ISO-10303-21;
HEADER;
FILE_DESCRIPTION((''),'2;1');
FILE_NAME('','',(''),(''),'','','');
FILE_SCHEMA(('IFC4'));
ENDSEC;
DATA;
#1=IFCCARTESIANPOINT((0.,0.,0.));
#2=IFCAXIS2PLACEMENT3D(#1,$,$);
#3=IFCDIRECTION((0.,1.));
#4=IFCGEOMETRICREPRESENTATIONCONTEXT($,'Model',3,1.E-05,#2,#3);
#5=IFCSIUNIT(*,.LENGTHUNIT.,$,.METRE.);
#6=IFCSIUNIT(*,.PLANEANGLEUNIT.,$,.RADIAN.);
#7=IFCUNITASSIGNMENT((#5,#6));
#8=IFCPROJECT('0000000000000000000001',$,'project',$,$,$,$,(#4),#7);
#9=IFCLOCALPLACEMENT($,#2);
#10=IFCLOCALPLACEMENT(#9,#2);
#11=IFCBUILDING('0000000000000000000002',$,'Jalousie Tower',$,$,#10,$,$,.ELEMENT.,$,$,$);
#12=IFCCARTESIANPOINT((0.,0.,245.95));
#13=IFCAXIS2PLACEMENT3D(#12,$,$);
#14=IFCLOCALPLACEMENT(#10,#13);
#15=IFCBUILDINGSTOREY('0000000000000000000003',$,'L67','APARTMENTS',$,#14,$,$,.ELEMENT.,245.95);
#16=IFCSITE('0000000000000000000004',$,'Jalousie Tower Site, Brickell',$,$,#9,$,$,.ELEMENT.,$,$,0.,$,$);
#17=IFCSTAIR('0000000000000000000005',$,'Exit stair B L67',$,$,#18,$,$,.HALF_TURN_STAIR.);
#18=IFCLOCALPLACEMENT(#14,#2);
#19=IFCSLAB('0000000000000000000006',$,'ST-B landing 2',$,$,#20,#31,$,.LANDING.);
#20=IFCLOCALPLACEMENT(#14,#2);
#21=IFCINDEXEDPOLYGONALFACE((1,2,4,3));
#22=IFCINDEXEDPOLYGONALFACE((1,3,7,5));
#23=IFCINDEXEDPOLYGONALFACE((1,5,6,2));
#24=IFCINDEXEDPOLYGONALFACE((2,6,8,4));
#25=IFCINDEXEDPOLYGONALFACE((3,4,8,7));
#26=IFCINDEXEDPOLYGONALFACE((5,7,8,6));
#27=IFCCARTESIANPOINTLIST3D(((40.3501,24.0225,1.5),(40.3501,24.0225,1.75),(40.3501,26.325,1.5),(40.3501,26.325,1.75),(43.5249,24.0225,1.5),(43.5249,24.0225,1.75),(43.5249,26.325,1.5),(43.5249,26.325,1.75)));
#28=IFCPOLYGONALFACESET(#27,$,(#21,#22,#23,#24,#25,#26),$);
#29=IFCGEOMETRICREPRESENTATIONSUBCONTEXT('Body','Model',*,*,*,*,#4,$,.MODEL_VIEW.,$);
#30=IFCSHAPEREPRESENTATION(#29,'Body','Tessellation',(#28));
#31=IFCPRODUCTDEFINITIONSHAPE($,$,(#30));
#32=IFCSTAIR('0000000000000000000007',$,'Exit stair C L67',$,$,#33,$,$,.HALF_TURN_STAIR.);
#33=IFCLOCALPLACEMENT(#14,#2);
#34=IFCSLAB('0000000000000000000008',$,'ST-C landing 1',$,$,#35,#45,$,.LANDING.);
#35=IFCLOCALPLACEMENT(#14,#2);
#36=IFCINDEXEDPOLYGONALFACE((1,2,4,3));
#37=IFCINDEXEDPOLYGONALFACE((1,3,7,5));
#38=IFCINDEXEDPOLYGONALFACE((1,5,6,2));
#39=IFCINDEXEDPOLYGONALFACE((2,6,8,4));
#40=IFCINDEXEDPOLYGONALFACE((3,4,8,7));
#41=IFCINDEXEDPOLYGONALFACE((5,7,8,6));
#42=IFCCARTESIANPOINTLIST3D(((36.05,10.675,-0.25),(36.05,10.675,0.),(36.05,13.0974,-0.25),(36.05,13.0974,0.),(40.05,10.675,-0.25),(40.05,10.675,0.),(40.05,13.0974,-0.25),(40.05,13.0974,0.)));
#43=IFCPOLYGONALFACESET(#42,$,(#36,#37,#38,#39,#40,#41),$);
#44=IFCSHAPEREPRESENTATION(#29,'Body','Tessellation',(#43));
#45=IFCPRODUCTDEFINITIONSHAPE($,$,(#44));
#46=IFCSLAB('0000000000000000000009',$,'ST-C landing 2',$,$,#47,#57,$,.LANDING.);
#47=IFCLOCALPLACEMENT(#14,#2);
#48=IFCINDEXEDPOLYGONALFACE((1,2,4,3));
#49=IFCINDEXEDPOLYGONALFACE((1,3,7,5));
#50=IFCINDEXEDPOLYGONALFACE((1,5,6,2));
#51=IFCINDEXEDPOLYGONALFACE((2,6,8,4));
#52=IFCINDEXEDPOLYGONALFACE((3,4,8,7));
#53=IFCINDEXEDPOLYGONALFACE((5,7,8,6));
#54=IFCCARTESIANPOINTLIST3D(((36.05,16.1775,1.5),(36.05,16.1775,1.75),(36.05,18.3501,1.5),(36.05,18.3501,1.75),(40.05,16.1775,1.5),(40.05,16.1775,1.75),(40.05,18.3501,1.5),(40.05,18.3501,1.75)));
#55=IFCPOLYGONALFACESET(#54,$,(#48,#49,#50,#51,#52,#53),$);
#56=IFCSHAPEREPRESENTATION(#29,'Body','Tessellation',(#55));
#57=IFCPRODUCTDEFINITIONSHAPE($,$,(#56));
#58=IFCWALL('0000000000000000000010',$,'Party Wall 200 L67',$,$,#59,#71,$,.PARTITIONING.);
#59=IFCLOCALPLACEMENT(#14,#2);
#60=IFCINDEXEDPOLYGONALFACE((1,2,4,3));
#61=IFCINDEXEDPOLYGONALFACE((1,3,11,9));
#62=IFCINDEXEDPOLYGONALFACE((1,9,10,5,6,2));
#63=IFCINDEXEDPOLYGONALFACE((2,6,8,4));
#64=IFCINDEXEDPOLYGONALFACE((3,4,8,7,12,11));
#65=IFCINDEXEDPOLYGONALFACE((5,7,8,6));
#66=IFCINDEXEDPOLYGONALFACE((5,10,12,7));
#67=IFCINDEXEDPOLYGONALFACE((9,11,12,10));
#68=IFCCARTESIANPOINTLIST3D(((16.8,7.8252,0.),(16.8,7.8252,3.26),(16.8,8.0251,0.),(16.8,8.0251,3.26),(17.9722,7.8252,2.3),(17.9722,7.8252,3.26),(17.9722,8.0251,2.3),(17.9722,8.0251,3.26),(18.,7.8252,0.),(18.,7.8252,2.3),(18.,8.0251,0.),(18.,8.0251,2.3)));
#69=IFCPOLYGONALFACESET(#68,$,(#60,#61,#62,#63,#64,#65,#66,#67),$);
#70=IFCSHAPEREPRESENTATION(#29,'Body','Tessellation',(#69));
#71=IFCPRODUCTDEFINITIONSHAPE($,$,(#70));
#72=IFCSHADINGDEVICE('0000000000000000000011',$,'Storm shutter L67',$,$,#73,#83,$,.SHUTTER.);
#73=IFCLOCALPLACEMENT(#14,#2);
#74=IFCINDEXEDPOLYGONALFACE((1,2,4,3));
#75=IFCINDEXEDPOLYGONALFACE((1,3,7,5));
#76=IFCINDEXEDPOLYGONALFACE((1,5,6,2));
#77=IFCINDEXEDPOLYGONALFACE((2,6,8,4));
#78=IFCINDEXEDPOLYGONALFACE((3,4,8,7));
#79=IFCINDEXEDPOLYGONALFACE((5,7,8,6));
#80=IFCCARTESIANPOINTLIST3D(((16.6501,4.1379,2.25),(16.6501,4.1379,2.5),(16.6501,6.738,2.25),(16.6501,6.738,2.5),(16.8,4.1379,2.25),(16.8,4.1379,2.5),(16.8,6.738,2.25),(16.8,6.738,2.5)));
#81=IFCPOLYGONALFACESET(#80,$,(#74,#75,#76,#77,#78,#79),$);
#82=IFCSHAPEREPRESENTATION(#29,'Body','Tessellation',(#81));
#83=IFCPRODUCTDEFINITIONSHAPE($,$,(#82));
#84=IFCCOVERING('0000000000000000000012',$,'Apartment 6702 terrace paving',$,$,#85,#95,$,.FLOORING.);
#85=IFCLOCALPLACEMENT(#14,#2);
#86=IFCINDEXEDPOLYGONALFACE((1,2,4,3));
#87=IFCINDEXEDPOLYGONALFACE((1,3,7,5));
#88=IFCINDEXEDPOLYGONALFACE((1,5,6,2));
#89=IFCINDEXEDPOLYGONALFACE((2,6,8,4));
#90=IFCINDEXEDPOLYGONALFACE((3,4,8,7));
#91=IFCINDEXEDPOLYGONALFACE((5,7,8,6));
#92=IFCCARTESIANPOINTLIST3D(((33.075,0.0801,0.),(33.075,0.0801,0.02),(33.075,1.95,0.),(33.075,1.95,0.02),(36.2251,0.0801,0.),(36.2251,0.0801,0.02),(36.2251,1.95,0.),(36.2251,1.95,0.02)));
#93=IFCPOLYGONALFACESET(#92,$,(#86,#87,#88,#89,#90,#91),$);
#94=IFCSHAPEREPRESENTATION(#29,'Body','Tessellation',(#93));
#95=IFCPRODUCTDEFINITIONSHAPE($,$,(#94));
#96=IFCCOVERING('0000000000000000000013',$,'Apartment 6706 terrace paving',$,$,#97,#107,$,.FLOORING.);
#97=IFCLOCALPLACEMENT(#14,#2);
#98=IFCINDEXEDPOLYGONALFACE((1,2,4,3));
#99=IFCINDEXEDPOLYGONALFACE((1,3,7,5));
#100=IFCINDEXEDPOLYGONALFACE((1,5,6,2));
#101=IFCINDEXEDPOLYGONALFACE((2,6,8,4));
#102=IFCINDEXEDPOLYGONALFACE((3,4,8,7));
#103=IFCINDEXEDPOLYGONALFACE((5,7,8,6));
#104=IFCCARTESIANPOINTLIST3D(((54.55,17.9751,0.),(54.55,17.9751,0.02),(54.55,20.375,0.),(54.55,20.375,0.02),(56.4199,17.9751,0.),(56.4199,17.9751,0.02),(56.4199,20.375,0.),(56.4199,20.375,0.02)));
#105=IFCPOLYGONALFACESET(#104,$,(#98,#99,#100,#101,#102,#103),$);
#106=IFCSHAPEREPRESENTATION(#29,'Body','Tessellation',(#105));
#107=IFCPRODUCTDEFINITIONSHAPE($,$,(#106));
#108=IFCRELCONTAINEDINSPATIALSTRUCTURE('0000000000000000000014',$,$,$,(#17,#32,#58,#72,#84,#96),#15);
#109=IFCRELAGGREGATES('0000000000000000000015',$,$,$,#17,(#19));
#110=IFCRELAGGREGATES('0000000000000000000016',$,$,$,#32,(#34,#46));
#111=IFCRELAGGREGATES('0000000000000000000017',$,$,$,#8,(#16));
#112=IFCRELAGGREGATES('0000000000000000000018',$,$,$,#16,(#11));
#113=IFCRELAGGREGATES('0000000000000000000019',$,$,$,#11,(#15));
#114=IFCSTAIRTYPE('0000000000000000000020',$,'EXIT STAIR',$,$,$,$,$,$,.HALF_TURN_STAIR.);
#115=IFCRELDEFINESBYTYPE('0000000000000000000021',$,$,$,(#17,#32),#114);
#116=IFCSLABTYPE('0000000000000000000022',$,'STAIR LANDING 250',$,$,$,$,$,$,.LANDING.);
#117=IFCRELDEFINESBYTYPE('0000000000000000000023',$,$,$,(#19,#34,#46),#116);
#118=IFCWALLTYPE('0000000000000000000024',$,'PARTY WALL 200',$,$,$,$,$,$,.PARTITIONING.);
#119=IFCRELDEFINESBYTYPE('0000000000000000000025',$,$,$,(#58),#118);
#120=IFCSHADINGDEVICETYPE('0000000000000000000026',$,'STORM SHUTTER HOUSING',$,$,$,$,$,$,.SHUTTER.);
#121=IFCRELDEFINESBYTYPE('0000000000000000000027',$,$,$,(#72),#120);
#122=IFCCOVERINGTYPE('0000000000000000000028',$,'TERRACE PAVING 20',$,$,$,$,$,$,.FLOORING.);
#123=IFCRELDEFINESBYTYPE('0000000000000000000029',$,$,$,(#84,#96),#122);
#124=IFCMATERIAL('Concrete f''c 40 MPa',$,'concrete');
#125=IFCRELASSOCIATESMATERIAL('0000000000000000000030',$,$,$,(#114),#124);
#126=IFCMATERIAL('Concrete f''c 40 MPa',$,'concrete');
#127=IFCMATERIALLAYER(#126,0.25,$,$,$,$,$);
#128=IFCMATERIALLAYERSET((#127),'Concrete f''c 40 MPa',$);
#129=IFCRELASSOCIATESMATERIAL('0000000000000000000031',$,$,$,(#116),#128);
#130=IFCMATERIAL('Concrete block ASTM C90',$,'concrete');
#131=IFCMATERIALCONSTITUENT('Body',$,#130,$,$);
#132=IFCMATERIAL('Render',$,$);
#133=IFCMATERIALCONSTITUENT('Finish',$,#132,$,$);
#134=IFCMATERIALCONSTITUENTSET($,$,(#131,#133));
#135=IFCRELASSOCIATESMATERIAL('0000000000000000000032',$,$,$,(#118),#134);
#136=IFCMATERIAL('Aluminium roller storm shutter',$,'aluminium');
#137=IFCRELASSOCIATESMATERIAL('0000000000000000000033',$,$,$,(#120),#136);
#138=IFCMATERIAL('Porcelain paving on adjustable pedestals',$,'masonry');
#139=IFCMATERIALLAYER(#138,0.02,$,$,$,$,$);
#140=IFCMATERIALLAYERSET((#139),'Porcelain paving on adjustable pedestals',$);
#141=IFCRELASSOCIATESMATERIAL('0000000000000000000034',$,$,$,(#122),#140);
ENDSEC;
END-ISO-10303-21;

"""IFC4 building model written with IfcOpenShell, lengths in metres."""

from ifc_helpers import new_model, si_unit, direction, frame, origin, origin_2d, place, context, subcontext, project, spatial, polyline, rectangle, outline, extrude, material, layer, layer_set, constituent, constituent_set, type_object, element, aggregate, save


model = new_model("IFC4")

# Units and contexts
model_context = context("Model", 3, precision=1e-05, world=origin(), true_north=direction((0.0, 1.0)))
body_context = subcontext(model_context, "Body", "Model", "MODEL_VIEW")
ifc_project = project(units=[si_unit("LENGTHUNIT", "METRE"), si_unit("PLANEANGLEUNIT", "RADIAN")], contexts=[model_context])

# Site, building, storey
site_placement = place(None, origin())
site = spatial("IfcSite", under=ifc_project, at=site_placement, Name="Jalousie Tower Site, Brickell", CompositionType="ELEMENT", RefElevation=0.0)
building_placement = place(site_placement, origin())
building = spatial("IfcBuilding", under=site, at=building_placement, Name="Jalousie Tower", CompositionType="ELEMENT")
storey_placement = place(building_placement, frame((0.0, 0.0, 245.95)))
storey = spatial("IfcBuildingStorey", under=building, at=storey_placement, Name="L67", Description="APARTMENTS", CompositionType="ELEMENT", Elevation=245.95)

# Stairs, slabs
ifc_material_1 = material(Name="Concrete f'c 40 MPa", Category="concrete")
stair_type = type_object("IfcStairType", Name="EXIT STAIR", PredefinedType="HALF_TURN_STAIR", material=ifc_material_1)
ifc_material_2 = material(Name="Concrete f'c 40 MPa", Category="concrete")
ifc_layer_1 = layer(ifc_material_2, 0.25)
ifc_layer_set_1 = layer_set([ifc_layer_1], Name="Concrete f'c 40 MPa")
slab_type_1 = type_object("IfcSlabType", Name="STAIR LANDING 250", PredefinedType="LANDING", material=ifc_layer_set_1)
stair_1_placement = place(storey_placement, origin())
stair_1 = element("IfcStair", 1, at=stair_1_placement, inside=storey, type_object=stair_type, Name="Exit stair B L67", PredefinedType="HALF_TURN_STAIR")
slab_1_placement = place(storey_placement, frame((0.0, 0.0, 1.5)))
slab_1 = element("IfcSlab", 2, at=slab_1_placement, type_object=slab_type_1, Name="ST-B landing 2", PredefinedType="LANDING", context=body_context, shape_type="SweptSolid", body=[
    extrude(outline(polyline([(40.3501, 24.0225), (43.5249, 24.0225), (43.5249, 26.325), (40.3501, 26.325), (40.3501, 24.0225)])), origin(), (0.0, 0.0, 1.0), 0.25),
])
aggregate(stair_1, [slab_1])
stair_2_placement = place(storey_placement, origin())
stair_2 = element("IfcStair", 3, at=stair_2_placement, inside=storey, type_object=stair_type, Name="Exit stair C L67", PredefinedType="HALF_TURN_STAIR")
slab_2_placement = place(storey_placement, frame((0.0, 0.0, -0.25)))
slab_2 = element("IfcSlab", 4, at=slab_2_placement, type_object=slab_type_1, Name="ST-C landing 1", PredefinedType="LANDING", context=body_context, shape_type="SweptSolid", body=[
    extrude(outline(polyline([(36.05, 10.675), (40.05, 10.675), (40.05, 13.0974), (36.05, 13.0974), (36.05, 10.675)])), origin(), (0.0, 0.0, 1.0), 0.25),
])
slab_3_placement = place(storey_placement, frame((0.0, 0.0, 1.5)))
slab_3 = element("IfcSlab", 5, at=slab_3_placement, type_object=slab_type_1, Name="ST-C landing 2", PredefinedType="LANDING", context=body_context, shape_type="SweptSolid", body=[
    extrude(outline(polyline([(36.05, 16.1775), (40.05, 16.1775), (40.05, 18.3501), (36.05, 18.3501), (36.05, 16.1775)])), origin(), (0.0, 0.0, 1.0), 0.25),
])
aggregate(stair_2, [slab_2, slab_3])

# Wall
ifc_material_3 = material(Name="Concrete block ASTM C90", Category="concrete")
ifc_constituent_1 = constituent(ifc_material_3, Name="Body")
ifc_material_4 = material(Name="Render")
ifc_constituent_2 = constituent(ifc_material_4, Name="Finish")
ifc_constituent_set = constituent_set(constituents=[ifc_constituent_1, ifc_constituent_2])
wall_type = type_object("IfcWallType", Name="PARTY WALL 200", PredefinedType="PARTITIONING", material=ifc_constituent_set)
wall_placement = place(storey_placement, frame((16.8, 7.925, 0.0), z_axis=(0.0, 0.0, 1.0), x_axis=(1.0, 0.0, 0.0)))
element("IfcWall", 6, at=wall_placement, inside=storey, type_object=wall_type, Name="Party Wall 200 L67", PredefinedType="PARTITIONING", context=body_context, shape_type="SweptSolid", body=[
    extrude(outline(polyline([(0.0, 0.0), (1.2, 0.0), (1.2, 3.26), (1.2, 2.3), (1.1721, 2.3), (1.1721, 3.26), (0.0, 3.26), (0.0, 0.0)])), frame((0.0, 0.1001, 0.0), z_axis=(0.0, -1.0, 0.0), x_axis=(1.0, 0.0, 0.0)), (0.0, 0.0, 1.0), 0.2),
])

# Shading device
ifc_material_5 = material(Name="Aluminium roller storm shutter", Category="aluminium")
shading_device_type = type_object("IfcShadingDeviceType", Name="STORM SHUTTER HOUSING", PredefinedType="SHUTTER", material=ifc_material_5)
shading_device_placement = place(storey_placement, frame((16.7251, 5.438, 2.25), z_axis=(0.0, 0.0, 1.0), x_axis=(0.0, -1.0, 0.0)))
element("IfcShadingDevice", 7, at=shading_device_placement, inside=storey, type_object=shading_device_type, Name="Storm shutter L67", PredefinedType="SHUTTER", context=body_context, shape_type="SweptSolid", body=[
    extrude(rectangle(XDim=2.6001, YDim=0.1499, at=origin_2d()), origin(), (0.0, 0.0, 1.0), 0.25),
])

# Coverings
ifc_material_6 = material(Name="Porcelain paving on adjustable pedestals", Category="masonry")
ifc_layer_2 = layer(ifc_material_6, 0.02)
ifc_layer_set_2 = layer_set([ifc_layer_2], Name="Porcelain paving on adjustable pedestals")
covering_type = type_object("IfcCoveringType", Name="TERRACE PAVING 20", PredefinedType="FLOORING", material=ifc_layer_set_2)
covering_1_placement = place(storey_placement, origin())
element("IfcCovering", 8, at=covering_1_placement, inside=storey, type_object=covering_type, Name="Apartment 6702 terrace paving", PredefinedType="FLOORING", context=body_context, shape_type="SweptSolid", body=[
    extrude(outline(polyline([(33.075, 0.0801), (36.2251, 0.0801), (36.2251, 1.95), (33.075, 1.95), (33.075, 0.0801)])), origin(), (0.0, 0.0, 1.0), 0.02),
])
covering_2_placement = place(storey_placement, origin())
element("IfcCovering", 9, at=covering_2_placement, inside=storey, type_object=covering_type, Name="Apartment 6706 terrace paving", PredefinedType="FLOORING", context=body_context, shape_type="SweptSolid", body=[
    extrude(outline(polyline([(56.4199, 17.9751), (56.4199, 20.375), (54.55, 20.375), (54.55, 17.9751), (56.4199, 17.9751)])), origin(), (0.0, 0.0, 1.0), 0.02),
])

save(model, "model.ifc")
